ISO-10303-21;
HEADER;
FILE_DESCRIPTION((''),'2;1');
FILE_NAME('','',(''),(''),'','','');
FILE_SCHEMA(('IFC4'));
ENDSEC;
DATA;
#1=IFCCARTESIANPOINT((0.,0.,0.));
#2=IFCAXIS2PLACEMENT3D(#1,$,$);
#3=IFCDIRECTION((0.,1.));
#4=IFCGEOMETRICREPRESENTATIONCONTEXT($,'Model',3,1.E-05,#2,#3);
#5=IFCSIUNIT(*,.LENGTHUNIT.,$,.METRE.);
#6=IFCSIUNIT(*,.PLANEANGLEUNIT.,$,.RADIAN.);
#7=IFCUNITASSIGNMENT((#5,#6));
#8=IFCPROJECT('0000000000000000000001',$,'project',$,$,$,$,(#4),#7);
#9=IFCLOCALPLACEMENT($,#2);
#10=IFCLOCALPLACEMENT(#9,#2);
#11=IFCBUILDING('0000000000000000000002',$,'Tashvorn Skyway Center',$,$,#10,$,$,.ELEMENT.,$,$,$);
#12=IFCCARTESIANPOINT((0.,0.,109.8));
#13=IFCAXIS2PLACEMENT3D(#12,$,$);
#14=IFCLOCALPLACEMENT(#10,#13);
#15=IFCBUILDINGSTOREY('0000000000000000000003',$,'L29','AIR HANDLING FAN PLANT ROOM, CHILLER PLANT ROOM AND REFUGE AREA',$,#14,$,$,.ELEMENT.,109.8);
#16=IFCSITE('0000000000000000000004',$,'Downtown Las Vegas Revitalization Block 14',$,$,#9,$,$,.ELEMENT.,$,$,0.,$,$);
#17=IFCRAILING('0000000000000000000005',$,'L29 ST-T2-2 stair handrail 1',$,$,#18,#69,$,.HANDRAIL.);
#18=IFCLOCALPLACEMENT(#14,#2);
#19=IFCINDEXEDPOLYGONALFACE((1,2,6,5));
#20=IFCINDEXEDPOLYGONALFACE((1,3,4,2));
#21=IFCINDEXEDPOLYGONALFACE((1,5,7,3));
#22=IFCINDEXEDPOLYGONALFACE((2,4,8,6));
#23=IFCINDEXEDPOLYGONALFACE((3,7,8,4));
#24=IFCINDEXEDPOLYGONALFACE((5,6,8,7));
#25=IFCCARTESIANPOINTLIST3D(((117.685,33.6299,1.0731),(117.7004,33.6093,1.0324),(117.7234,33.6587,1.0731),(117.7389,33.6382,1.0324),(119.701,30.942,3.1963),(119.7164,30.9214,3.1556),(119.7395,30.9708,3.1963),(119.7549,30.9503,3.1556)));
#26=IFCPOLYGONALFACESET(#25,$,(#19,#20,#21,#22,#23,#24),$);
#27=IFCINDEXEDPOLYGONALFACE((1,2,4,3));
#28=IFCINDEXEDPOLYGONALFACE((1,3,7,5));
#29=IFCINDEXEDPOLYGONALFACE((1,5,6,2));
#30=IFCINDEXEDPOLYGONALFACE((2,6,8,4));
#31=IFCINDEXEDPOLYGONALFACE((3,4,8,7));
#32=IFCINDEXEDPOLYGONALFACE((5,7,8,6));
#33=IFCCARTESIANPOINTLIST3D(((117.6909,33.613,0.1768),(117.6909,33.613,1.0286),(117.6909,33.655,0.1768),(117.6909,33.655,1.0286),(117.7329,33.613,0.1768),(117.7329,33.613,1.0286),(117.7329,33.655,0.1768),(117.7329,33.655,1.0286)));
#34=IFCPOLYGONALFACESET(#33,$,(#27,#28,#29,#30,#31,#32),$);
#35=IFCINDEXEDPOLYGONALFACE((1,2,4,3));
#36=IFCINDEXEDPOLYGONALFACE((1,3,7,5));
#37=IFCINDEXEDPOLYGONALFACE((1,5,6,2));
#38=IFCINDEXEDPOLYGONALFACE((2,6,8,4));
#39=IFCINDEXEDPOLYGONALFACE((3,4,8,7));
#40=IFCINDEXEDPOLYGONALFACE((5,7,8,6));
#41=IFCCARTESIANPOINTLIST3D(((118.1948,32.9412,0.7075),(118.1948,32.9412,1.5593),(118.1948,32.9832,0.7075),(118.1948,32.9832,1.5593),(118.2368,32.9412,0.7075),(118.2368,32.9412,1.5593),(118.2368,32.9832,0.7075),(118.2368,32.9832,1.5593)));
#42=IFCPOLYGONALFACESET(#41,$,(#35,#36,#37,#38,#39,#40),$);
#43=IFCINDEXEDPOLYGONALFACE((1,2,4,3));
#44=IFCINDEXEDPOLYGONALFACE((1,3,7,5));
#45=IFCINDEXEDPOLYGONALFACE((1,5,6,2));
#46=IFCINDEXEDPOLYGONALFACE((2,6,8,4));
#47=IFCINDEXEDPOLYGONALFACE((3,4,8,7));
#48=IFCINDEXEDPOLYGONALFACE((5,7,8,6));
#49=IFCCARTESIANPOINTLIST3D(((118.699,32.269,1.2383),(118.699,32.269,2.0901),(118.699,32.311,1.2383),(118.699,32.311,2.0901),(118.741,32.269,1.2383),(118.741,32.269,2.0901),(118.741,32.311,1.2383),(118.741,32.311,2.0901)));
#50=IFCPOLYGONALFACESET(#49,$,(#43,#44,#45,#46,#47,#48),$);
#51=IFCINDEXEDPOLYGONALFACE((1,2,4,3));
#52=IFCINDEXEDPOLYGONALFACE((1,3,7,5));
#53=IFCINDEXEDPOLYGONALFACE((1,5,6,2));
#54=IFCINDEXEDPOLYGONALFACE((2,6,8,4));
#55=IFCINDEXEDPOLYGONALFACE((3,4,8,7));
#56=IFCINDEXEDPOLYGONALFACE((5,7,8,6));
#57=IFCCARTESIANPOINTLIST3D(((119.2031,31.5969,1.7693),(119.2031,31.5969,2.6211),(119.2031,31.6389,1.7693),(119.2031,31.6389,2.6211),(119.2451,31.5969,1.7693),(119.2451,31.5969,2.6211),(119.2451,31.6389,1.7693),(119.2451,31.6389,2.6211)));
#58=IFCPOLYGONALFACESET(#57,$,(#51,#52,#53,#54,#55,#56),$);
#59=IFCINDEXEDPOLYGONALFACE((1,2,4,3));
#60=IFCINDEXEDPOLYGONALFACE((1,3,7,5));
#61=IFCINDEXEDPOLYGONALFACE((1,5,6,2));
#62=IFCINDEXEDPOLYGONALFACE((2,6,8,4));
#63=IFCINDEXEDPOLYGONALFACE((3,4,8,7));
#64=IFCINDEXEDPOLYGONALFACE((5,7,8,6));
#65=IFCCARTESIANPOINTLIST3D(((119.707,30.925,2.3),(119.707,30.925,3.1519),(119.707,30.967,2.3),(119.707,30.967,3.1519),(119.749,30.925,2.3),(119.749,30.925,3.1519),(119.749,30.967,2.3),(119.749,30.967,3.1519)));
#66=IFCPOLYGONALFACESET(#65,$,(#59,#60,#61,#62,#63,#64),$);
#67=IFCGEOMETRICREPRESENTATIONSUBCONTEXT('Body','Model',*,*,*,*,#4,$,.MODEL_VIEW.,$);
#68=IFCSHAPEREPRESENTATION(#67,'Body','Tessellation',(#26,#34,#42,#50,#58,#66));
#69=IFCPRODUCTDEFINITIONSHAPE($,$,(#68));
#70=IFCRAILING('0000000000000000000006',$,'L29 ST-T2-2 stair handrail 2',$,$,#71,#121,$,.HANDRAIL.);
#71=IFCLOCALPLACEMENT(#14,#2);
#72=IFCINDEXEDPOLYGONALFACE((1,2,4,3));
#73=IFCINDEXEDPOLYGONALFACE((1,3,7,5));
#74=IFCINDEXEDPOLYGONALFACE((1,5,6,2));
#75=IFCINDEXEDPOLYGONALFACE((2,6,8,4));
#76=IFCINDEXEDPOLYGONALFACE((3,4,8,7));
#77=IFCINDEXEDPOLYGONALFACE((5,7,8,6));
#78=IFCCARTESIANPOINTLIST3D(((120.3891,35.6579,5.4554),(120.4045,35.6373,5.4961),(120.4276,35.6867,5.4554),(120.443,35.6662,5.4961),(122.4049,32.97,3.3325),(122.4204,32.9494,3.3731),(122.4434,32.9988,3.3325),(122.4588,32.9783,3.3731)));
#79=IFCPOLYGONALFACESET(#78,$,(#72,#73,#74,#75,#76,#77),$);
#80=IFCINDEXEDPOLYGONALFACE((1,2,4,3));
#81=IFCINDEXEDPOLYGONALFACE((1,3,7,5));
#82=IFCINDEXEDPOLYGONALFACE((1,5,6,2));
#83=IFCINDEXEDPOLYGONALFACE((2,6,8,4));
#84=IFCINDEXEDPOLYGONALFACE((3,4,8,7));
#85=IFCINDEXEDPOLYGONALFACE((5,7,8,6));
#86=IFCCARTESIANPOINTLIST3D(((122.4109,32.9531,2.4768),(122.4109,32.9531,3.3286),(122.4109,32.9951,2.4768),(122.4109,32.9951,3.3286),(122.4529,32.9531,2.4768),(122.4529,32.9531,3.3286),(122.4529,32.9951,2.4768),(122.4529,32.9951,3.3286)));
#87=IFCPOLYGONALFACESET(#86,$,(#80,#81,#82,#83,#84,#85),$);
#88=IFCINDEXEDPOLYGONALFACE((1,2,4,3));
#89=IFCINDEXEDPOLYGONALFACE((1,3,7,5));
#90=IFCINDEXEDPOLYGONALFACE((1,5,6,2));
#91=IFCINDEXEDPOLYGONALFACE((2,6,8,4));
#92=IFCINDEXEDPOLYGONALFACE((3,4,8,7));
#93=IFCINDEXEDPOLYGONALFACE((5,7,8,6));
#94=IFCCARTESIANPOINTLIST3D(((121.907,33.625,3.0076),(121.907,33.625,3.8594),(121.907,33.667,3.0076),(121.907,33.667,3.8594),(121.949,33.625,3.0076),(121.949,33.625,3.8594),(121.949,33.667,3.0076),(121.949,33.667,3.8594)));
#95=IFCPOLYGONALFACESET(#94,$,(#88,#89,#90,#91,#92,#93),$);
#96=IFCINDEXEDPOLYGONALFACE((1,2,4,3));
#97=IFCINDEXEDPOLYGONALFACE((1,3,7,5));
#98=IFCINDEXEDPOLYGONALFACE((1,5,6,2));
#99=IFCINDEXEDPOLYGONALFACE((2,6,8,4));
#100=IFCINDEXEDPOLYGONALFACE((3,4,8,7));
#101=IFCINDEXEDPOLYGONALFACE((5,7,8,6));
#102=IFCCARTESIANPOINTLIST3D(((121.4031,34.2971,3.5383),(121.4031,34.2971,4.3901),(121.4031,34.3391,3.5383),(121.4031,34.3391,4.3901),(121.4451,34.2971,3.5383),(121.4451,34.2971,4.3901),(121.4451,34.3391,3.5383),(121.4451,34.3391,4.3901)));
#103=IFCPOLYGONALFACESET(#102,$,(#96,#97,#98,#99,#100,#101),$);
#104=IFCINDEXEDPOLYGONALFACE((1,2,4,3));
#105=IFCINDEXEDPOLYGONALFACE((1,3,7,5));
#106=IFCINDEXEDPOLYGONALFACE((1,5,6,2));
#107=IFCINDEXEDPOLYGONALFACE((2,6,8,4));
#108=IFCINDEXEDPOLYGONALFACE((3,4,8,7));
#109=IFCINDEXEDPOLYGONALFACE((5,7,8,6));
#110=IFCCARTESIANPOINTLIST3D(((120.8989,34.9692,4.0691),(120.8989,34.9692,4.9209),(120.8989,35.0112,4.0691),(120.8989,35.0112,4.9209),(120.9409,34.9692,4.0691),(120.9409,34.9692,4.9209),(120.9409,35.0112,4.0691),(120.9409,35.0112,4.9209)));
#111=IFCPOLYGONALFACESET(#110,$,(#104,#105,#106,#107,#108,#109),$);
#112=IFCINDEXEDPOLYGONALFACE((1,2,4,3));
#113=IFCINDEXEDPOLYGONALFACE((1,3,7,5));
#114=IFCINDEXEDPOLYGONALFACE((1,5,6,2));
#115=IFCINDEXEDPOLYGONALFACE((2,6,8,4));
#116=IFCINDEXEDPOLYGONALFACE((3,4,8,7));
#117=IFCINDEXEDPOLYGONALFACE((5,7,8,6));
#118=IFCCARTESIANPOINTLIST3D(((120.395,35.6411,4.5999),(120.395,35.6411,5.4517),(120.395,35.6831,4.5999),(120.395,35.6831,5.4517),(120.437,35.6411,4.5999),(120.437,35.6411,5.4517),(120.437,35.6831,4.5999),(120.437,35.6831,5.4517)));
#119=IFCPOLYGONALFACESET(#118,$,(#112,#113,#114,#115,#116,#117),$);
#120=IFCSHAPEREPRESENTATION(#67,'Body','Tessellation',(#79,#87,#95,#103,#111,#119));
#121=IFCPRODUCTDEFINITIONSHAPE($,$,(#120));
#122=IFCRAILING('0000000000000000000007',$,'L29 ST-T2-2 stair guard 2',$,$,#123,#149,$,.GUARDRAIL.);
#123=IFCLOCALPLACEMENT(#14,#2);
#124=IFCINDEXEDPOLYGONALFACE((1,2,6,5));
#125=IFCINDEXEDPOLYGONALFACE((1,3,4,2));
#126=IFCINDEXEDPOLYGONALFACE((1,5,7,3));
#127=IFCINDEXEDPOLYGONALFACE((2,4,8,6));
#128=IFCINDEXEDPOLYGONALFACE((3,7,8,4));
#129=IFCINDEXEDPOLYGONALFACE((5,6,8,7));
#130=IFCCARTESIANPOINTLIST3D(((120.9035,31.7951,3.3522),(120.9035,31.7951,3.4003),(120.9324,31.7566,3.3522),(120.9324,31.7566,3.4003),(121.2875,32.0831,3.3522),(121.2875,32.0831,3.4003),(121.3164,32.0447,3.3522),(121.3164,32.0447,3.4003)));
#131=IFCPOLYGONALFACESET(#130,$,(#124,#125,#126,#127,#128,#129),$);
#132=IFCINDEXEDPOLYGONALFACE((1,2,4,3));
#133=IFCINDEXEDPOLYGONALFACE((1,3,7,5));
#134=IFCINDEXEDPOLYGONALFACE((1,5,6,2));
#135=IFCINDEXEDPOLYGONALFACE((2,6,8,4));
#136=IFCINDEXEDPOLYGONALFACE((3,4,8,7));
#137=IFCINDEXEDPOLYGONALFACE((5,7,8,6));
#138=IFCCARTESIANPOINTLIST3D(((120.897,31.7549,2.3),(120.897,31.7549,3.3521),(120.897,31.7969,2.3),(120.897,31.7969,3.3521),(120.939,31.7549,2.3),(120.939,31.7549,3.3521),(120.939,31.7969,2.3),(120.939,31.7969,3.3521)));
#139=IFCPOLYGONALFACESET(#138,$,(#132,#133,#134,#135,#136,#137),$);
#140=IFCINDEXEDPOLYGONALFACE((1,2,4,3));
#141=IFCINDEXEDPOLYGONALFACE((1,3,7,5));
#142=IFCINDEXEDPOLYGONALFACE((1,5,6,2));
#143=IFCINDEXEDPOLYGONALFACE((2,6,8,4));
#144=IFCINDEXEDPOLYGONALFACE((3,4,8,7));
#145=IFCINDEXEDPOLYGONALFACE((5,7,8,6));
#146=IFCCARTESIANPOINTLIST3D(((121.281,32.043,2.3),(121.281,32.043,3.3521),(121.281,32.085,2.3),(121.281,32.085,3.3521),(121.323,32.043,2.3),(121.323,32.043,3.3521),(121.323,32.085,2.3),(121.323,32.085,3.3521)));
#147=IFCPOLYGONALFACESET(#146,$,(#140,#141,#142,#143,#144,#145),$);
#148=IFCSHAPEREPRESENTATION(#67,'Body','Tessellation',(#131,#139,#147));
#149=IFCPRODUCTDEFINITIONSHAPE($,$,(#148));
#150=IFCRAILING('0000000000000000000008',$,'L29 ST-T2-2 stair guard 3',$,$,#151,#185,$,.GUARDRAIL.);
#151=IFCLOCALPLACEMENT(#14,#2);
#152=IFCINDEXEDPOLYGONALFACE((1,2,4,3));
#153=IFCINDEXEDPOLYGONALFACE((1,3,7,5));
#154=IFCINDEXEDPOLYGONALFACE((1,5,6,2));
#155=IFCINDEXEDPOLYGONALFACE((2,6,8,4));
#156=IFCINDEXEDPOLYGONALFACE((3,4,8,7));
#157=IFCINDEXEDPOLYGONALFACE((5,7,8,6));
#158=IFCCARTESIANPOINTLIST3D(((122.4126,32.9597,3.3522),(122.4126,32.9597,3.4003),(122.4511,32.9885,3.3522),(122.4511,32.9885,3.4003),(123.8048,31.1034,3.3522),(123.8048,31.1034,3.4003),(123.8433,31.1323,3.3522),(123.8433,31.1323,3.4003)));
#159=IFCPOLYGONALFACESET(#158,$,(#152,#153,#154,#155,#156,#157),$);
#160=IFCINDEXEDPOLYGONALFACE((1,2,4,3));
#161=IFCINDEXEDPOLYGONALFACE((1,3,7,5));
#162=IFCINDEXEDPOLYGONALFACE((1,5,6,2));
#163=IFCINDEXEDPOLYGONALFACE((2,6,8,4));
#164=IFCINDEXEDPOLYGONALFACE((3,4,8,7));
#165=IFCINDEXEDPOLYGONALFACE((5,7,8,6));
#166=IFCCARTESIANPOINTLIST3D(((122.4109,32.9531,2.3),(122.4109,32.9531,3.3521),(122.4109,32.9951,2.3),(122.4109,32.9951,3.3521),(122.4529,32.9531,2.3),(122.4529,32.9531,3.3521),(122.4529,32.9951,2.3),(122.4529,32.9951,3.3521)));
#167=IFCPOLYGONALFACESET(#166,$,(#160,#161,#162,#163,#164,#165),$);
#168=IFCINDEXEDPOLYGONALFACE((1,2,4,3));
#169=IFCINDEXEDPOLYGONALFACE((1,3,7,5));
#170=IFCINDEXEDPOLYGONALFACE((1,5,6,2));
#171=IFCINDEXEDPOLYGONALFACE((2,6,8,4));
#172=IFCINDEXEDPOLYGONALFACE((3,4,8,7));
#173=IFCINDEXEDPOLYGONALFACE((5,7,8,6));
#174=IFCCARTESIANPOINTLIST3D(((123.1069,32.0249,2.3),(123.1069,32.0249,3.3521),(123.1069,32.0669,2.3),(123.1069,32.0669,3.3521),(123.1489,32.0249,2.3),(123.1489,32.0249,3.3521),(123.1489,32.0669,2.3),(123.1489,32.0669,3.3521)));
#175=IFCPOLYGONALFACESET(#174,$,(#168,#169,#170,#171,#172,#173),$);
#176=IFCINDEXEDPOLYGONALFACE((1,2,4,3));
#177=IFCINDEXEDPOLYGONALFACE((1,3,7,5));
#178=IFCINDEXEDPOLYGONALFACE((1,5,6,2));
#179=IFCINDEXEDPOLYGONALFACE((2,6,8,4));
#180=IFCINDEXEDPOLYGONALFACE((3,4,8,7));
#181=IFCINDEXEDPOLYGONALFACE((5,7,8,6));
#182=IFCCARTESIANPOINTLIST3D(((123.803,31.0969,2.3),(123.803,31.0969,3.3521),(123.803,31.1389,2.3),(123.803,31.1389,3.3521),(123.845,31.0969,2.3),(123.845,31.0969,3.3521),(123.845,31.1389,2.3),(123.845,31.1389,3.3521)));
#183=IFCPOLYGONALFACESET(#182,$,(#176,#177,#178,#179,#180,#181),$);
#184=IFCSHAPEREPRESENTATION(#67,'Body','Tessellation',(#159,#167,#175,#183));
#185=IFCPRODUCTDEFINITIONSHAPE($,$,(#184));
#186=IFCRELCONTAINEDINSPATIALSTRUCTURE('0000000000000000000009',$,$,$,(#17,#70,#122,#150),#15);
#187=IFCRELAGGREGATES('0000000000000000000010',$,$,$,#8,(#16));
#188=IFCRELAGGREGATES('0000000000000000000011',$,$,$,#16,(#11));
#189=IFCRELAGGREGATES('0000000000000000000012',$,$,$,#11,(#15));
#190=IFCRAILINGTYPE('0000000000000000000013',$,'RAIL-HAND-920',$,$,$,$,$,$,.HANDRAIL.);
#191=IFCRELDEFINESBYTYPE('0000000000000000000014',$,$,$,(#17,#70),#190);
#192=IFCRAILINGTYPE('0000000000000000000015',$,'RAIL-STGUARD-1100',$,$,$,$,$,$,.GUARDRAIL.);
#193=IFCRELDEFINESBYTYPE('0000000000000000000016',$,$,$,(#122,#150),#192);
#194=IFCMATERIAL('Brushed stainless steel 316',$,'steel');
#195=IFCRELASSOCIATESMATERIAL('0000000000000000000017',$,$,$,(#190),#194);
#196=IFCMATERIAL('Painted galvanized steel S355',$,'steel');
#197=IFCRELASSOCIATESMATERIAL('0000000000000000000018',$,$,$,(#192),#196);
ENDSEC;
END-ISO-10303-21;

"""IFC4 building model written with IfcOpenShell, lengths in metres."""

from ifc_helpers import new_model, si_unit, direction, frame, origin, origin_2d, place, context, subcontext, project, spatial, rectangle, extrude, material, type_object, element, save


model = new_model("IFC4")

# Units and contexts
model_context = context("Model", 3, precision=1e-05, world=origin(), true_north=direction((0.0, 1.0)))
body_context = subcontext(model_context, "Body", "Model", "MODEL_VIEW")
ifc_project = project(units=[si_unit("LENGTHUNIT", "METRE"), si_unit("PLANEANGLEUNIT", "RADIAN")], contexts=[model_context])

# Site, building, storey
site_placement = place(None, origin())
site = spatial("IfcSite", under=ifc_project, at=site_placement, Name="Downtown Las Vegas Revitalization Block 14", CompositionType="ELEMENT", RefElevation=0.0)
building_placement = place(site_placement, origin())
building = spatial("IfcBuilding", under=site, at=building_placement, Name="Tashvorn Skyway Center", CompositionType="ELEMENT")
storey_placement = place(building_placement, frame((0.0, 0.0, 109.8)))
storey = spatial("IfcBuildingStorey", under=building, at=storey_placement, Name="L29", Description="AIR HANDLING FAN PLANT ROOM, CHILLER PLANT ROOM AND REFUGE AREA", CompositionType="ELEMENT", Elevation=109.8)

# Railings
ifc_material_1 = material(Name="Brushed stainless steel 316", Category="steel")
railing_type_1 = type_object("IfcRailingType", Name="RAIL-HAND-920", PredefinedType="HANDRAIL", material=ifc_material_1)
railing_1_placement = place(storey_placement, frame((117.7119, 33.634, 0.1768)))
element("IfcRailing", 1, at=railing_1_placement, inside=storey, type_object=railing_type_1, Name="L29 ST-T2-2 stair handrail 1", PredefinedType="HANDRAIL", context=body_context, shape_type="SweptSolid", body=[
    extrude(rectangle(XDim=0.0481, YDim=0.0481, at=origin_2d()), frame((0.0, 0.0, 0.876), z_axis=(0.507235, -0.676272, 0.5342), x_axis=(0.799983, 0.600023, 0.0)), (0.0, 0.0, 1.0), 3.9746),
    extrude(rectangle(XDim=0.042, YDim=0.042, at=origin_2d()), origin(), (0.0, 0.0, 1.0), 0.8518),
    extrude(rectangle(XDim=0.042, YDim=0.042, at=origin_2d()), frame((0.5039, -0.6719, 0.5308)), (0.0, 0.0, 1.0), 0.8518),
    extrude(rectangle(XDim=0.042, YDim=0.042, at=origin_2d()), frame((1.0081, -1.344, 1.0615)), (0.0, 0.0, 1.0), 0.8518),
    extrude(rectangle(XDim=0.042, YDim=0.042, at=origin_2d()), frame((1.5122, -2.0161, 1.5925)), (0.0, 0.0, 1.0), 0.8518),
    extrude(rectangle(XDim=0.042, YDim=0.042, at=origin_2d()), frame((2.0161, -2.688, 2.1233)), (0.0, 0.0, 1.0), 0.8518),
])
railing_2_placement = place(storey_placement, frame((122.4319, 32.9741, 2.4768)))
element("IfcRailing", 2, at=railing_2_placement, inside=storey, type_object=railing_type_1, Name="L29 ST-T2-2 stair handrail 2", PredefinedType="HANDRAIL", context=body_context, shape_type="SweptSolid", body=[
    extrude(rectangle(XDim=0.0481, YDim=0.0481, at=origin_2d()), frame((0.0, 0.0, 0.876), z_axis=(-0.507206, 0.676315, 0.534172), x_axis=(-0.800017, -0.599977, 0.0)), (0.0, 0.0, 1.0), 3.9744),
    extrude(rectangle(XDim=0.042, YDim=0.042, at=origin_2d()), origin(), (0.0, 0.0, 1.0), 0.8518),
    extrude(rectangle(XDim=0.042, YDim=0.042, at=origin_2d()), frame((-0.5039, 0.6719, 0.5308)), (0.0, 0.0, 1.0), 0.8518),
    extrude(rectangle(XDim=0.042, YDim=0.042, at=origin_2d()), frame((-1.0078, 1.344, 1.0615)), (0.0, 0.0, 1.0), 0.8518),
    extrude(rectangle(XDim=0.042, YDim=0.042, at=origin_2d()), frame((-1.512, 2.0161, 1.5923)), (0.0, 0.0, 1.0), 0.8518),
    extrude(rectangle(XDim=0.042, YDim=0.042, at=origin_2d()), frame((-2.0159, 2.688, 2.123)), (0.0, 0.0, 1.0), 0.8518),
])
ifc_material_2 = material(Name="Painted galvanized steel S355", Category="steel")
railing_type_2 = type_object("IfcRailingType", Name="RAIL-STGUARD-1100", PredefinedType="GUARDRAIL", material=ifc_material_2)
railing_3_placement = place(storey_placement, frame((120.918, 31.7759, 2.3)))
element("IfcRailing", 3, at=railing_3_placement, inside=storey, type_object=railing_type_2, Name="L29 ST-T2-2 stair guard 2", PredefinedType="GUARDRAIL", context=body_context, shape_type="SweptSolid", body=[
    extrude(rectangle(XDim=0.0481, YDim=0.0481, at=origin_2d()), frame((0.0, 0.0, 1.0762), z_axis=(0.799939, 0.600081, 0.0), x_axis=(-0.600081, 0.799939, 0.0)), (0.0, 0.0, 1.0), 0.48),
    extrude(rectangle(XDim=0.042, YDim=0.042, at=origin_2d()), origin(), (0.0, 0.0, 1.0), 1.052),
    extrude(rectangle(XDim=0.042, YDim=0.042, at=origin_2d()), frame((0.384, 0.2881, 0.0)), (0.0, 0.0, 1.0), 1.052),
])
railing_4_placement = place(storey_placement, frame((122.4319, 32.9741, 2.3)))
element("IfcRailing", 4, at=railing_4_placement, inside=storey, type_object=railing_type_2, Name="L29 ST-T2-2 stair guard 3", PredefinedType="GUARDRAIL", context=body_context, shape_type="SweptSolid", body=[
    extrude(rectangle(XDim=0.0481, YDim=0.0481, at=origin_2d()), frame((0.0, 0.0, 1.0762), z_axis=(0.599983, -0.800013, 0.0), x_axis=(0.800013, 0.599983, 0.0)), (0.0, 0.0, 1.0), 2.3203),
    extrude(rectangle(XDim=0.042, YDim=0.042, at=origin_2d()), origin(), (0.0, 0.0, 1.0), 1.052),
    extrude(rectangle(XDim=0.042, YDim=0.042, at=origin_2d()), frame((0.696, -0.9282, 0.0)), (0.0, 0.0, 1.0), 1.052),
    extrude(rectangle(XDim=0.042, YDim=0.042, at=origin_2d()), frame((1.3921, -1.8562, 0.0)), (0.0, 0.0, 1.0), 1.052),
])

save(model, "model.ifc")
